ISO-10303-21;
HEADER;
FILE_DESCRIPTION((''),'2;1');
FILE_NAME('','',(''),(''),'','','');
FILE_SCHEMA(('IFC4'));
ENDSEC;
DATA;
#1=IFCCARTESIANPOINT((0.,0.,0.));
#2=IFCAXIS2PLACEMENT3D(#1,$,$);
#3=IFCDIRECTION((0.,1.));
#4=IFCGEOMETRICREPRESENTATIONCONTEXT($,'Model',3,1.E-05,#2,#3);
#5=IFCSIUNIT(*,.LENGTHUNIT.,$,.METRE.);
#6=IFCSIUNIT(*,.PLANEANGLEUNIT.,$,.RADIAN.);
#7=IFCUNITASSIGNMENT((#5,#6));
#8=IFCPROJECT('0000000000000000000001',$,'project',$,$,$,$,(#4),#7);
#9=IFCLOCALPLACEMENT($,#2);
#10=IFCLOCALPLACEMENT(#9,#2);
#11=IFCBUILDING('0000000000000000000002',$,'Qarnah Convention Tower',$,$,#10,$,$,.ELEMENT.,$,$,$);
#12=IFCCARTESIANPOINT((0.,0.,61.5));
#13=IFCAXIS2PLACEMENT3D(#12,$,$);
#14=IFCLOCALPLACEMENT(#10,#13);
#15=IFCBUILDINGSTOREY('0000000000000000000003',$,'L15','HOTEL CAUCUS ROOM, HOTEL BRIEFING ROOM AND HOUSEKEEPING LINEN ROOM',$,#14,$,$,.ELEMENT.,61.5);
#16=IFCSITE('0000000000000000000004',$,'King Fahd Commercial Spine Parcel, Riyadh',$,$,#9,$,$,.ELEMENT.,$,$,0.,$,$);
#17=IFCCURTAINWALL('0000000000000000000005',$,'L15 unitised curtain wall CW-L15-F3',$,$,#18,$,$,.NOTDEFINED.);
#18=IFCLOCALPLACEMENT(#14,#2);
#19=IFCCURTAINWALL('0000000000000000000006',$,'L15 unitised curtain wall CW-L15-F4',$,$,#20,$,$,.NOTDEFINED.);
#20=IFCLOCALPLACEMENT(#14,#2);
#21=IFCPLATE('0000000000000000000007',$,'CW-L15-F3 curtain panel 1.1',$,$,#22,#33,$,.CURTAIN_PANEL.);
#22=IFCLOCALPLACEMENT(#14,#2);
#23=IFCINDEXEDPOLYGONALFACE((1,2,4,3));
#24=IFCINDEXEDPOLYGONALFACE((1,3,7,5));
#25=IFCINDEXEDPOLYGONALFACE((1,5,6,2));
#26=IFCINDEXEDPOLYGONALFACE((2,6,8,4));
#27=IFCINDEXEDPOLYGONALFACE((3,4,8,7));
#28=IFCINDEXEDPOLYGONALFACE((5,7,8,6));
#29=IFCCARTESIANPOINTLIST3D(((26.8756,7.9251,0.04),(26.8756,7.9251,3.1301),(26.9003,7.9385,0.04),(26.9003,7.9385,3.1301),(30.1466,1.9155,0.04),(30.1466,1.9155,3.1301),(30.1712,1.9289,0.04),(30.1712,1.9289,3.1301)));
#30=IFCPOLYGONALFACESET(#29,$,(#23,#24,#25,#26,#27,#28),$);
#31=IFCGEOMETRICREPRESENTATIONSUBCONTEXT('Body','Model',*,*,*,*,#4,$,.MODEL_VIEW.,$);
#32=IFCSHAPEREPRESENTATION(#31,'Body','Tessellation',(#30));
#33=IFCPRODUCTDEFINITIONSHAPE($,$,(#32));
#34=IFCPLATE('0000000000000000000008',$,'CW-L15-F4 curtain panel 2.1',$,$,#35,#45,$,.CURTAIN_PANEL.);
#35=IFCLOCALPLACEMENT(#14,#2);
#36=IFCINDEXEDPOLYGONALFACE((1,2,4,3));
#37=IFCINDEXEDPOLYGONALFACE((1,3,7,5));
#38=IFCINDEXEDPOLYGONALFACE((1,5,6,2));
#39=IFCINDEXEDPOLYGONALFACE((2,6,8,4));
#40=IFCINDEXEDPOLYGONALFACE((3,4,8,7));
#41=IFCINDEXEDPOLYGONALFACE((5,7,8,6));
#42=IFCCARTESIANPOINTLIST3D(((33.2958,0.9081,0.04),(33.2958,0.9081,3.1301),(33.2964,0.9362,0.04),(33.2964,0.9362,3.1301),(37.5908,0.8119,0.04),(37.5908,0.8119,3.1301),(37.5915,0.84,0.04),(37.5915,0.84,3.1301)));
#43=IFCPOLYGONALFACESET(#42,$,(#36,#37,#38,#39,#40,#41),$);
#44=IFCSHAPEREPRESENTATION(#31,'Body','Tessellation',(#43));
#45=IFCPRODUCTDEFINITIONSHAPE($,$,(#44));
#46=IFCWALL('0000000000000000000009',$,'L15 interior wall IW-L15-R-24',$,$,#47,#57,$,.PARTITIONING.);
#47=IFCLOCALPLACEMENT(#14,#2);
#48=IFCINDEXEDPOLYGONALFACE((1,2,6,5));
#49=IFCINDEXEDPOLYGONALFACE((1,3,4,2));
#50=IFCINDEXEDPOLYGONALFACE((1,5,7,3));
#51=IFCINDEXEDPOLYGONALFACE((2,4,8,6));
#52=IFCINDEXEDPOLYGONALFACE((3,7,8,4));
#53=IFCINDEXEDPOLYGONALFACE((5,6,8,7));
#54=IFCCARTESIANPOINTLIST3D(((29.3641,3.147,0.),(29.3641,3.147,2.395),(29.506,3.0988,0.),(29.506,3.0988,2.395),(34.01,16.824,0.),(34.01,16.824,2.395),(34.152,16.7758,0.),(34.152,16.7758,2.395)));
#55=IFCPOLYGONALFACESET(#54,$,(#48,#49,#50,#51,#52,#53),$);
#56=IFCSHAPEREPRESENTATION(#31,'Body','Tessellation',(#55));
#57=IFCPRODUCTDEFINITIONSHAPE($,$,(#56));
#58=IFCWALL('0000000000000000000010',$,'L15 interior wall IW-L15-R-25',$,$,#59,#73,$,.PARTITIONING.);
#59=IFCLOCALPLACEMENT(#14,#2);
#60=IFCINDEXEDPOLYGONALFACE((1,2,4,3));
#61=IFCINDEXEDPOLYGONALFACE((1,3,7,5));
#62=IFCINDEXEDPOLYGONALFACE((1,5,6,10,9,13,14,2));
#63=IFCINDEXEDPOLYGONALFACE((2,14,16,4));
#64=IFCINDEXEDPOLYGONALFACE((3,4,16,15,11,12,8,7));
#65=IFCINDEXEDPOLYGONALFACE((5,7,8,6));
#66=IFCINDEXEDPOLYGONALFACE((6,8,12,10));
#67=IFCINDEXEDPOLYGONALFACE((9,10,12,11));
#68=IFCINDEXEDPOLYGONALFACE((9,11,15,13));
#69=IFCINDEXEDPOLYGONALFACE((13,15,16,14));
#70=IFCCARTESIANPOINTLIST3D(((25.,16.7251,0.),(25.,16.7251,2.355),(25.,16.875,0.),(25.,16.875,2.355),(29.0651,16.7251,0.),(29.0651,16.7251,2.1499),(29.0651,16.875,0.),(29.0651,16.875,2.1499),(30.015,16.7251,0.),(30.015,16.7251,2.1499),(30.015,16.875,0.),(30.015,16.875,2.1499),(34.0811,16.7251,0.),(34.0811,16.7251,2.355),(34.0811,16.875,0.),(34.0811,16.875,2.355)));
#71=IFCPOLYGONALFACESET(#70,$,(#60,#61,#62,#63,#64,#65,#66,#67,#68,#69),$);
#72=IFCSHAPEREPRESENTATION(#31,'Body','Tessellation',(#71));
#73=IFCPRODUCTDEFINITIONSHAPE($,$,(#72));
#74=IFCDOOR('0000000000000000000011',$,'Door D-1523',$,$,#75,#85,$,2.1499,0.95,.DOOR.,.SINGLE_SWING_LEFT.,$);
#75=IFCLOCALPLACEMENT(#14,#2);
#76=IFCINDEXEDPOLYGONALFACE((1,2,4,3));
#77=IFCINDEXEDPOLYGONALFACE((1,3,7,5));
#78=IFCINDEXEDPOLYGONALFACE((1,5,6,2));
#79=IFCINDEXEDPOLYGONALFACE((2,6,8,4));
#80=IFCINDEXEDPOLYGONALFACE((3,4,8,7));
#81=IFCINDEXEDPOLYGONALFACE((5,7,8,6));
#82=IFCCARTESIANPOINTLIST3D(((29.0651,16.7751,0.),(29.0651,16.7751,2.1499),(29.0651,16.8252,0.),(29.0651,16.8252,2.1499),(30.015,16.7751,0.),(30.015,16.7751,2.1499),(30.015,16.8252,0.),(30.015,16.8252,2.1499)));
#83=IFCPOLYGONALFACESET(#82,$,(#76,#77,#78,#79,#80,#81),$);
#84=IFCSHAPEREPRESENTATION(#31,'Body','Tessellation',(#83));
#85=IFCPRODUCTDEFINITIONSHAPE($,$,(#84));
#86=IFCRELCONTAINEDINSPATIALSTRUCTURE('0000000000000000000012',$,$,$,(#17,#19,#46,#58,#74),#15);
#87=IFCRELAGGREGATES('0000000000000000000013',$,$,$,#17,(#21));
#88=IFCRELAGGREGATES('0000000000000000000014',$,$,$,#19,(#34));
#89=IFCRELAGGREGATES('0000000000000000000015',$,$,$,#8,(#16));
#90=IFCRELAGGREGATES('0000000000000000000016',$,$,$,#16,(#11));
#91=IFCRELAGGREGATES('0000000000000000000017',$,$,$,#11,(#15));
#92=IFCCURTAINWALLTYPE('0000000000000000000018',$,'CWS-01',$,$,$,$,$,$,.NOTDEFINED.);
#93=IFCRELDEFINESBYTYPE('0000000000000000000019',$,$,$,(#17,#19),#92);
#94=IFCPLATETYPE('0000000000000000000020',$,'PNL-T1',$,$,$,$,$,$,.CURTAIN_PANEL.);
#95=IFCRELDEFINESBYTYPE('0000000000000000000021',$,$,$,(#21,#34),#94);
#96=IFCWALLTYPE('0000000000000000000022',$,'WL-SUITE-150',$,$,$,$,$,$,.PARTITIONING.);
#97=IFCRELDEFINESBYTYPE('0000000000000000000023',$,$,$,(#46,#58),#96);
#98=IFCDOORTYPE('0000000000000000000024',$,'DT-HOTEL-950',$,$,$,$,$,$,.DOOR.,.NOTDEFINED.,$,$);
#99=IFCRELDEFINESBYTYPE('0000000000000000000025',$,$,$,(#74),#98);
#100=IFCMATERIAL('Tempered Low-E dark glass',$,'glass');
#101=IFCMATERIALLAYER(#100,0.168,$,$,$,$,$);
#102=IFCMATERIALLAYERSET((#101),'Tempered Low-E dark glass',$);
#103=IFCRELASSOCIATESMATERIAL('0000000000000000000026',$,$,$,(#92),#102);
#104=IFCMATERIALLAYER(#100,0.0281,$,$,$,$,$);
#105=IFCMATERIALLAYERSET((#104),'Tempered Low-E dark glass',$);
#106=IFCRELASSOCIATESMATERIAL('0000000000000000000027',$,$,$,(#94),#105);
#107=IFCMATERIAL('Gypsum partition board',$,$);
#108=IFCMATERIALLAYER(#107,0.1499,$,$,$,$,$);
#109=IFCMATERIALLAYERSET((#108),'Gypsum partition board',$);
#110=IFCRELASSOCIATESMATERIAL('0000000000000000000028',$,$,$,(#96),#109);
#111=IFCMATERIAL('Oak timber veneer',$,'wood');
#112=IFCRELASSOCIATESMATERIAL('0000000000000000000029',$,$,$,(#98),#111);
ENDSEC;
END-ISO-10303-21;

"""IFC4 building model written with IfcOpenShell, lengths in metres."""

from ifc_helpers import new_model, si_unit, direction, frame, frame_2d, origin, origin_2d, place, context, subcontext, project, spatial, rectangle, extrude, material, layer, layer_set, type_object, element, fill, aggregate, save


model = new_model("IFC4")

# Units and contexts
model_context = context("Model", 3, precision=1e-05, world=origin(), true_north=direction((0.0, 1.0)))
body_context = subcontext(model_context, "Body", "Model", "MODEL_VIEW")
ifc_project = project(units=[si_unit("LENGTHUNIT", "METRE"), si_unit("PLANEANGLEUNIT", "RADIAN")], contexts=[model_context])

# Site, building, storey
site_placement = place(None, origin())
site = spatial("IfcSite", under=ifc_project, at=site_placement, Name="King Fahd Commercial Spine Parcel, Riyadh", CompositionType="ELEMENT", RefElevation=0.0)
building_placement = place(site_placement, origin())
building = spatial("IfcBuilding", under=site, at=building_placement, Name="Qarnah Convention Tower", CompositionType="ELEMENT")
storey_placement = place(building_placement, frame((0.0, 0.0, 61.5)))
storey = spatial("IfcBuildingStorey", under=building, at=storey_placement, Name="L15", Description="HOTEL CAUCUS ROOM, HOTEL BRIEFING ROOM AND HOUSEKEEPING LINEN ROOM", CompositionType="ELEMENT", Elevation=61.5)

# Curtain walls
ifc_material_1 = material(Name="Tempered Low-E dark glass", Category="glass")
ifc_layer_1 = layer(ifc_material_1, 0.168)
ifc_layer_set_1 = layer_set([ifc_layer_1], Name="Tempered Low-E dark glass")
curtain_wall_type = type_object("IfcCurtainWallType", Name="CWS-01", PredefinedType="NOTDEFINED", material=ifc_layer_set_1)
curtain_wall_1_placement = place(storey_placement, origin())
curtain_wall_1 = element("IfcCurtainWall", 1, at=curtain_wall_1_placement, inside=storey, type_object=curtain_wall_type, Name="L15 unitised curtain wall CW-L15-F3", PredefinedType="NOTDEFINED")
curtain_wall_2_placement = place(storey_placement, origin())
curtain_wall_2 = element("IfcCurtainWall", 2, at=curtain_wall_2_placement, inside=storey, type_object=curtain_wall_type, Name="L15 unitised curtain wall CW-L15-F4", PredefinedType="NOTDEFINED")

# Plates
ifc_layer_2 = layer(ifc_material_1, 0.0281)
ifc_layer_set_2 = layer_set([ifc_layer_2], Name="Tempered Low-E dark glass")
plate_type = type_object("IfcPlateType", Name="PNL-T1", PredefinedType="CURTAIN_PANEL", material=ifc_layer_set_2)
plate_1_placement = place(storey_placement, frame((28.5234, 4.927, 0.04), z_axis=(0.0, 0.0, 1.0), x_axis=(-0.478066, 0.878324, 0.0)))
plate_1 = element("IfcPlate", 3, at=plate_1_placement, type_object=plate_type, Name="CW-L15-F3 curtain panel 1.1", PredefinedType="CURTAIN_PANEL", context=body_context, shape_type="SweptSolid", body=[
    extrude(rectangle(XDim=6.842, YDim=0.0281, at=origin_2d()), origin(), (0.0, 0.0, 1.0), 3.0901),
])
aggregate(curtain_wall_1, [plate_1])
plate_2_placement = place(storey_placement, frame((35.4436, 0.874, 0.04), z_axis=(0.0, 0.0, 1.0), x_axis=(-0.999749, 0.022394, 0.0)))
plate_2 = element("IfcPlate", 4, at=plate_2_placement, type_object=plate_type, Name="CW-L15-F4 curtain panel 2.1", PredefinedType="CURTAIN_PANEL", context=body_context, shape_type="SweptSolid", body=[
    extrude(rectangle(XDim=4.2961, YDim=0.0281, at=origin_2d()), origin(), (0.0, 0.0, 1.0), 3.0901),
])
aggregate(curtain_wall_2, [plate_2])

# Wall
ifc_material_2 = material(Name="Gypsum partition board")
ifc_layer_3 = layer(ifc_material_2, 0.1499)
ifc_layer_set_3 = layer_set([ifc_layer_3], Name="Gypsum partition board")
wall_type = type_object("IfcWallType", Name="WL-SUITE-150", PredefinedType="PARTITIONING", material=ifc_layer_set_3)
wall_1_placement = place(storey_placement, frame((29.4351, 3.123, 0.0), z_axis=(0.0, 0.0, 1.0), x_axis=(0.321643, 0.946861, 0.0)))
element("IfcWall", 5, at=wall_1_placement, inside=storey, type_object=wall_type, Name="L15 interior wall IW-L15-R-24", PredefinedType="PARTITIONING", context=body_context, shape_type="SweptSolid", body=[
    extrude(rectangle(XDim=14.4446, YDim=0.1499, at=frame_2d((7.2222, 0.0))), origin(), (0.0, 0.0, 1.0), 2.395),
])

# Wall, opening, door
wall_2_placement = place(storey_placement, frame((34.0811, 16.8, 0.0), z_axis=(0.0, 0.0, 1.0), x_axis=(-1.0, 0.0, 0.0)))
wall_2 = element("IfcWall", 6, at=wall_2_placement, inside=storey, type_object=wall_type, Name="L15 interior wall IW-L15-R-25", PredefinedType="PARTITIONING", context=body_context, shape_type="SweptSolid", body=[
    extrude(rectangle(XDim=9.0811, YDim=0.1499, at=frame_2d((4.5405, 0.0))), origin(), (0.0, 0.0, 1.0), 2.355),
])
opening_placement = place(wall_2_placement, frame((4.0659, 0.0, 0.0)))
opening = element("IfcOpeningElement", 7, at=opening_placement, cuts=wall_2, PredefinedType="OPENING", context=body_context, shape_type="SweptSolid", body=[
    extrude(rectangle(XDim=0.95, YDim=2.1499, at=frame_2d((0.4751, 1.075))), frame((0.0, 0.085, 0.0), z_axis=(0.0, -1.0, 0.0), x_axis=(1.0, 0.0, 0.0)), (0.0, 0.0, 1.0), 0.1699),
])
ifc_material_3 = material(Name="Oak timber veneer", Category="wood")
door_type = type_object("IfcDoorType", Name="DT-HOTEL-950", OperationType="NOTDEFINED", PredefinedType="DOOR", material=ifc_material_3)
door_placement = place(opening_placement, origin())
door = element("IfcDoor", 8, at=door_placement, inside=storey, type_object=door_type, Name="Door D-1523", OperationType="SINGLE_SWING_LEFT", OverallHeight=2.1499, OverallWidth=0.95, PredefinedType="DOOR", context=body_context, shape_type="SweptSolid", body=[
    extrude(rectangle(XDim=0.95, YDim=2.1499, at=frame_2d((0.4751, 1.075))), frame((0.0, 0.0249, 0.0), z_axis=(0.0, -1.0, 0.0), x_axis=(1.0, 0.0, 0.0)), (0.0, 0.0, 1.0), 0.05),
])
fill(opening, door)

save(model, "model.ifc")
